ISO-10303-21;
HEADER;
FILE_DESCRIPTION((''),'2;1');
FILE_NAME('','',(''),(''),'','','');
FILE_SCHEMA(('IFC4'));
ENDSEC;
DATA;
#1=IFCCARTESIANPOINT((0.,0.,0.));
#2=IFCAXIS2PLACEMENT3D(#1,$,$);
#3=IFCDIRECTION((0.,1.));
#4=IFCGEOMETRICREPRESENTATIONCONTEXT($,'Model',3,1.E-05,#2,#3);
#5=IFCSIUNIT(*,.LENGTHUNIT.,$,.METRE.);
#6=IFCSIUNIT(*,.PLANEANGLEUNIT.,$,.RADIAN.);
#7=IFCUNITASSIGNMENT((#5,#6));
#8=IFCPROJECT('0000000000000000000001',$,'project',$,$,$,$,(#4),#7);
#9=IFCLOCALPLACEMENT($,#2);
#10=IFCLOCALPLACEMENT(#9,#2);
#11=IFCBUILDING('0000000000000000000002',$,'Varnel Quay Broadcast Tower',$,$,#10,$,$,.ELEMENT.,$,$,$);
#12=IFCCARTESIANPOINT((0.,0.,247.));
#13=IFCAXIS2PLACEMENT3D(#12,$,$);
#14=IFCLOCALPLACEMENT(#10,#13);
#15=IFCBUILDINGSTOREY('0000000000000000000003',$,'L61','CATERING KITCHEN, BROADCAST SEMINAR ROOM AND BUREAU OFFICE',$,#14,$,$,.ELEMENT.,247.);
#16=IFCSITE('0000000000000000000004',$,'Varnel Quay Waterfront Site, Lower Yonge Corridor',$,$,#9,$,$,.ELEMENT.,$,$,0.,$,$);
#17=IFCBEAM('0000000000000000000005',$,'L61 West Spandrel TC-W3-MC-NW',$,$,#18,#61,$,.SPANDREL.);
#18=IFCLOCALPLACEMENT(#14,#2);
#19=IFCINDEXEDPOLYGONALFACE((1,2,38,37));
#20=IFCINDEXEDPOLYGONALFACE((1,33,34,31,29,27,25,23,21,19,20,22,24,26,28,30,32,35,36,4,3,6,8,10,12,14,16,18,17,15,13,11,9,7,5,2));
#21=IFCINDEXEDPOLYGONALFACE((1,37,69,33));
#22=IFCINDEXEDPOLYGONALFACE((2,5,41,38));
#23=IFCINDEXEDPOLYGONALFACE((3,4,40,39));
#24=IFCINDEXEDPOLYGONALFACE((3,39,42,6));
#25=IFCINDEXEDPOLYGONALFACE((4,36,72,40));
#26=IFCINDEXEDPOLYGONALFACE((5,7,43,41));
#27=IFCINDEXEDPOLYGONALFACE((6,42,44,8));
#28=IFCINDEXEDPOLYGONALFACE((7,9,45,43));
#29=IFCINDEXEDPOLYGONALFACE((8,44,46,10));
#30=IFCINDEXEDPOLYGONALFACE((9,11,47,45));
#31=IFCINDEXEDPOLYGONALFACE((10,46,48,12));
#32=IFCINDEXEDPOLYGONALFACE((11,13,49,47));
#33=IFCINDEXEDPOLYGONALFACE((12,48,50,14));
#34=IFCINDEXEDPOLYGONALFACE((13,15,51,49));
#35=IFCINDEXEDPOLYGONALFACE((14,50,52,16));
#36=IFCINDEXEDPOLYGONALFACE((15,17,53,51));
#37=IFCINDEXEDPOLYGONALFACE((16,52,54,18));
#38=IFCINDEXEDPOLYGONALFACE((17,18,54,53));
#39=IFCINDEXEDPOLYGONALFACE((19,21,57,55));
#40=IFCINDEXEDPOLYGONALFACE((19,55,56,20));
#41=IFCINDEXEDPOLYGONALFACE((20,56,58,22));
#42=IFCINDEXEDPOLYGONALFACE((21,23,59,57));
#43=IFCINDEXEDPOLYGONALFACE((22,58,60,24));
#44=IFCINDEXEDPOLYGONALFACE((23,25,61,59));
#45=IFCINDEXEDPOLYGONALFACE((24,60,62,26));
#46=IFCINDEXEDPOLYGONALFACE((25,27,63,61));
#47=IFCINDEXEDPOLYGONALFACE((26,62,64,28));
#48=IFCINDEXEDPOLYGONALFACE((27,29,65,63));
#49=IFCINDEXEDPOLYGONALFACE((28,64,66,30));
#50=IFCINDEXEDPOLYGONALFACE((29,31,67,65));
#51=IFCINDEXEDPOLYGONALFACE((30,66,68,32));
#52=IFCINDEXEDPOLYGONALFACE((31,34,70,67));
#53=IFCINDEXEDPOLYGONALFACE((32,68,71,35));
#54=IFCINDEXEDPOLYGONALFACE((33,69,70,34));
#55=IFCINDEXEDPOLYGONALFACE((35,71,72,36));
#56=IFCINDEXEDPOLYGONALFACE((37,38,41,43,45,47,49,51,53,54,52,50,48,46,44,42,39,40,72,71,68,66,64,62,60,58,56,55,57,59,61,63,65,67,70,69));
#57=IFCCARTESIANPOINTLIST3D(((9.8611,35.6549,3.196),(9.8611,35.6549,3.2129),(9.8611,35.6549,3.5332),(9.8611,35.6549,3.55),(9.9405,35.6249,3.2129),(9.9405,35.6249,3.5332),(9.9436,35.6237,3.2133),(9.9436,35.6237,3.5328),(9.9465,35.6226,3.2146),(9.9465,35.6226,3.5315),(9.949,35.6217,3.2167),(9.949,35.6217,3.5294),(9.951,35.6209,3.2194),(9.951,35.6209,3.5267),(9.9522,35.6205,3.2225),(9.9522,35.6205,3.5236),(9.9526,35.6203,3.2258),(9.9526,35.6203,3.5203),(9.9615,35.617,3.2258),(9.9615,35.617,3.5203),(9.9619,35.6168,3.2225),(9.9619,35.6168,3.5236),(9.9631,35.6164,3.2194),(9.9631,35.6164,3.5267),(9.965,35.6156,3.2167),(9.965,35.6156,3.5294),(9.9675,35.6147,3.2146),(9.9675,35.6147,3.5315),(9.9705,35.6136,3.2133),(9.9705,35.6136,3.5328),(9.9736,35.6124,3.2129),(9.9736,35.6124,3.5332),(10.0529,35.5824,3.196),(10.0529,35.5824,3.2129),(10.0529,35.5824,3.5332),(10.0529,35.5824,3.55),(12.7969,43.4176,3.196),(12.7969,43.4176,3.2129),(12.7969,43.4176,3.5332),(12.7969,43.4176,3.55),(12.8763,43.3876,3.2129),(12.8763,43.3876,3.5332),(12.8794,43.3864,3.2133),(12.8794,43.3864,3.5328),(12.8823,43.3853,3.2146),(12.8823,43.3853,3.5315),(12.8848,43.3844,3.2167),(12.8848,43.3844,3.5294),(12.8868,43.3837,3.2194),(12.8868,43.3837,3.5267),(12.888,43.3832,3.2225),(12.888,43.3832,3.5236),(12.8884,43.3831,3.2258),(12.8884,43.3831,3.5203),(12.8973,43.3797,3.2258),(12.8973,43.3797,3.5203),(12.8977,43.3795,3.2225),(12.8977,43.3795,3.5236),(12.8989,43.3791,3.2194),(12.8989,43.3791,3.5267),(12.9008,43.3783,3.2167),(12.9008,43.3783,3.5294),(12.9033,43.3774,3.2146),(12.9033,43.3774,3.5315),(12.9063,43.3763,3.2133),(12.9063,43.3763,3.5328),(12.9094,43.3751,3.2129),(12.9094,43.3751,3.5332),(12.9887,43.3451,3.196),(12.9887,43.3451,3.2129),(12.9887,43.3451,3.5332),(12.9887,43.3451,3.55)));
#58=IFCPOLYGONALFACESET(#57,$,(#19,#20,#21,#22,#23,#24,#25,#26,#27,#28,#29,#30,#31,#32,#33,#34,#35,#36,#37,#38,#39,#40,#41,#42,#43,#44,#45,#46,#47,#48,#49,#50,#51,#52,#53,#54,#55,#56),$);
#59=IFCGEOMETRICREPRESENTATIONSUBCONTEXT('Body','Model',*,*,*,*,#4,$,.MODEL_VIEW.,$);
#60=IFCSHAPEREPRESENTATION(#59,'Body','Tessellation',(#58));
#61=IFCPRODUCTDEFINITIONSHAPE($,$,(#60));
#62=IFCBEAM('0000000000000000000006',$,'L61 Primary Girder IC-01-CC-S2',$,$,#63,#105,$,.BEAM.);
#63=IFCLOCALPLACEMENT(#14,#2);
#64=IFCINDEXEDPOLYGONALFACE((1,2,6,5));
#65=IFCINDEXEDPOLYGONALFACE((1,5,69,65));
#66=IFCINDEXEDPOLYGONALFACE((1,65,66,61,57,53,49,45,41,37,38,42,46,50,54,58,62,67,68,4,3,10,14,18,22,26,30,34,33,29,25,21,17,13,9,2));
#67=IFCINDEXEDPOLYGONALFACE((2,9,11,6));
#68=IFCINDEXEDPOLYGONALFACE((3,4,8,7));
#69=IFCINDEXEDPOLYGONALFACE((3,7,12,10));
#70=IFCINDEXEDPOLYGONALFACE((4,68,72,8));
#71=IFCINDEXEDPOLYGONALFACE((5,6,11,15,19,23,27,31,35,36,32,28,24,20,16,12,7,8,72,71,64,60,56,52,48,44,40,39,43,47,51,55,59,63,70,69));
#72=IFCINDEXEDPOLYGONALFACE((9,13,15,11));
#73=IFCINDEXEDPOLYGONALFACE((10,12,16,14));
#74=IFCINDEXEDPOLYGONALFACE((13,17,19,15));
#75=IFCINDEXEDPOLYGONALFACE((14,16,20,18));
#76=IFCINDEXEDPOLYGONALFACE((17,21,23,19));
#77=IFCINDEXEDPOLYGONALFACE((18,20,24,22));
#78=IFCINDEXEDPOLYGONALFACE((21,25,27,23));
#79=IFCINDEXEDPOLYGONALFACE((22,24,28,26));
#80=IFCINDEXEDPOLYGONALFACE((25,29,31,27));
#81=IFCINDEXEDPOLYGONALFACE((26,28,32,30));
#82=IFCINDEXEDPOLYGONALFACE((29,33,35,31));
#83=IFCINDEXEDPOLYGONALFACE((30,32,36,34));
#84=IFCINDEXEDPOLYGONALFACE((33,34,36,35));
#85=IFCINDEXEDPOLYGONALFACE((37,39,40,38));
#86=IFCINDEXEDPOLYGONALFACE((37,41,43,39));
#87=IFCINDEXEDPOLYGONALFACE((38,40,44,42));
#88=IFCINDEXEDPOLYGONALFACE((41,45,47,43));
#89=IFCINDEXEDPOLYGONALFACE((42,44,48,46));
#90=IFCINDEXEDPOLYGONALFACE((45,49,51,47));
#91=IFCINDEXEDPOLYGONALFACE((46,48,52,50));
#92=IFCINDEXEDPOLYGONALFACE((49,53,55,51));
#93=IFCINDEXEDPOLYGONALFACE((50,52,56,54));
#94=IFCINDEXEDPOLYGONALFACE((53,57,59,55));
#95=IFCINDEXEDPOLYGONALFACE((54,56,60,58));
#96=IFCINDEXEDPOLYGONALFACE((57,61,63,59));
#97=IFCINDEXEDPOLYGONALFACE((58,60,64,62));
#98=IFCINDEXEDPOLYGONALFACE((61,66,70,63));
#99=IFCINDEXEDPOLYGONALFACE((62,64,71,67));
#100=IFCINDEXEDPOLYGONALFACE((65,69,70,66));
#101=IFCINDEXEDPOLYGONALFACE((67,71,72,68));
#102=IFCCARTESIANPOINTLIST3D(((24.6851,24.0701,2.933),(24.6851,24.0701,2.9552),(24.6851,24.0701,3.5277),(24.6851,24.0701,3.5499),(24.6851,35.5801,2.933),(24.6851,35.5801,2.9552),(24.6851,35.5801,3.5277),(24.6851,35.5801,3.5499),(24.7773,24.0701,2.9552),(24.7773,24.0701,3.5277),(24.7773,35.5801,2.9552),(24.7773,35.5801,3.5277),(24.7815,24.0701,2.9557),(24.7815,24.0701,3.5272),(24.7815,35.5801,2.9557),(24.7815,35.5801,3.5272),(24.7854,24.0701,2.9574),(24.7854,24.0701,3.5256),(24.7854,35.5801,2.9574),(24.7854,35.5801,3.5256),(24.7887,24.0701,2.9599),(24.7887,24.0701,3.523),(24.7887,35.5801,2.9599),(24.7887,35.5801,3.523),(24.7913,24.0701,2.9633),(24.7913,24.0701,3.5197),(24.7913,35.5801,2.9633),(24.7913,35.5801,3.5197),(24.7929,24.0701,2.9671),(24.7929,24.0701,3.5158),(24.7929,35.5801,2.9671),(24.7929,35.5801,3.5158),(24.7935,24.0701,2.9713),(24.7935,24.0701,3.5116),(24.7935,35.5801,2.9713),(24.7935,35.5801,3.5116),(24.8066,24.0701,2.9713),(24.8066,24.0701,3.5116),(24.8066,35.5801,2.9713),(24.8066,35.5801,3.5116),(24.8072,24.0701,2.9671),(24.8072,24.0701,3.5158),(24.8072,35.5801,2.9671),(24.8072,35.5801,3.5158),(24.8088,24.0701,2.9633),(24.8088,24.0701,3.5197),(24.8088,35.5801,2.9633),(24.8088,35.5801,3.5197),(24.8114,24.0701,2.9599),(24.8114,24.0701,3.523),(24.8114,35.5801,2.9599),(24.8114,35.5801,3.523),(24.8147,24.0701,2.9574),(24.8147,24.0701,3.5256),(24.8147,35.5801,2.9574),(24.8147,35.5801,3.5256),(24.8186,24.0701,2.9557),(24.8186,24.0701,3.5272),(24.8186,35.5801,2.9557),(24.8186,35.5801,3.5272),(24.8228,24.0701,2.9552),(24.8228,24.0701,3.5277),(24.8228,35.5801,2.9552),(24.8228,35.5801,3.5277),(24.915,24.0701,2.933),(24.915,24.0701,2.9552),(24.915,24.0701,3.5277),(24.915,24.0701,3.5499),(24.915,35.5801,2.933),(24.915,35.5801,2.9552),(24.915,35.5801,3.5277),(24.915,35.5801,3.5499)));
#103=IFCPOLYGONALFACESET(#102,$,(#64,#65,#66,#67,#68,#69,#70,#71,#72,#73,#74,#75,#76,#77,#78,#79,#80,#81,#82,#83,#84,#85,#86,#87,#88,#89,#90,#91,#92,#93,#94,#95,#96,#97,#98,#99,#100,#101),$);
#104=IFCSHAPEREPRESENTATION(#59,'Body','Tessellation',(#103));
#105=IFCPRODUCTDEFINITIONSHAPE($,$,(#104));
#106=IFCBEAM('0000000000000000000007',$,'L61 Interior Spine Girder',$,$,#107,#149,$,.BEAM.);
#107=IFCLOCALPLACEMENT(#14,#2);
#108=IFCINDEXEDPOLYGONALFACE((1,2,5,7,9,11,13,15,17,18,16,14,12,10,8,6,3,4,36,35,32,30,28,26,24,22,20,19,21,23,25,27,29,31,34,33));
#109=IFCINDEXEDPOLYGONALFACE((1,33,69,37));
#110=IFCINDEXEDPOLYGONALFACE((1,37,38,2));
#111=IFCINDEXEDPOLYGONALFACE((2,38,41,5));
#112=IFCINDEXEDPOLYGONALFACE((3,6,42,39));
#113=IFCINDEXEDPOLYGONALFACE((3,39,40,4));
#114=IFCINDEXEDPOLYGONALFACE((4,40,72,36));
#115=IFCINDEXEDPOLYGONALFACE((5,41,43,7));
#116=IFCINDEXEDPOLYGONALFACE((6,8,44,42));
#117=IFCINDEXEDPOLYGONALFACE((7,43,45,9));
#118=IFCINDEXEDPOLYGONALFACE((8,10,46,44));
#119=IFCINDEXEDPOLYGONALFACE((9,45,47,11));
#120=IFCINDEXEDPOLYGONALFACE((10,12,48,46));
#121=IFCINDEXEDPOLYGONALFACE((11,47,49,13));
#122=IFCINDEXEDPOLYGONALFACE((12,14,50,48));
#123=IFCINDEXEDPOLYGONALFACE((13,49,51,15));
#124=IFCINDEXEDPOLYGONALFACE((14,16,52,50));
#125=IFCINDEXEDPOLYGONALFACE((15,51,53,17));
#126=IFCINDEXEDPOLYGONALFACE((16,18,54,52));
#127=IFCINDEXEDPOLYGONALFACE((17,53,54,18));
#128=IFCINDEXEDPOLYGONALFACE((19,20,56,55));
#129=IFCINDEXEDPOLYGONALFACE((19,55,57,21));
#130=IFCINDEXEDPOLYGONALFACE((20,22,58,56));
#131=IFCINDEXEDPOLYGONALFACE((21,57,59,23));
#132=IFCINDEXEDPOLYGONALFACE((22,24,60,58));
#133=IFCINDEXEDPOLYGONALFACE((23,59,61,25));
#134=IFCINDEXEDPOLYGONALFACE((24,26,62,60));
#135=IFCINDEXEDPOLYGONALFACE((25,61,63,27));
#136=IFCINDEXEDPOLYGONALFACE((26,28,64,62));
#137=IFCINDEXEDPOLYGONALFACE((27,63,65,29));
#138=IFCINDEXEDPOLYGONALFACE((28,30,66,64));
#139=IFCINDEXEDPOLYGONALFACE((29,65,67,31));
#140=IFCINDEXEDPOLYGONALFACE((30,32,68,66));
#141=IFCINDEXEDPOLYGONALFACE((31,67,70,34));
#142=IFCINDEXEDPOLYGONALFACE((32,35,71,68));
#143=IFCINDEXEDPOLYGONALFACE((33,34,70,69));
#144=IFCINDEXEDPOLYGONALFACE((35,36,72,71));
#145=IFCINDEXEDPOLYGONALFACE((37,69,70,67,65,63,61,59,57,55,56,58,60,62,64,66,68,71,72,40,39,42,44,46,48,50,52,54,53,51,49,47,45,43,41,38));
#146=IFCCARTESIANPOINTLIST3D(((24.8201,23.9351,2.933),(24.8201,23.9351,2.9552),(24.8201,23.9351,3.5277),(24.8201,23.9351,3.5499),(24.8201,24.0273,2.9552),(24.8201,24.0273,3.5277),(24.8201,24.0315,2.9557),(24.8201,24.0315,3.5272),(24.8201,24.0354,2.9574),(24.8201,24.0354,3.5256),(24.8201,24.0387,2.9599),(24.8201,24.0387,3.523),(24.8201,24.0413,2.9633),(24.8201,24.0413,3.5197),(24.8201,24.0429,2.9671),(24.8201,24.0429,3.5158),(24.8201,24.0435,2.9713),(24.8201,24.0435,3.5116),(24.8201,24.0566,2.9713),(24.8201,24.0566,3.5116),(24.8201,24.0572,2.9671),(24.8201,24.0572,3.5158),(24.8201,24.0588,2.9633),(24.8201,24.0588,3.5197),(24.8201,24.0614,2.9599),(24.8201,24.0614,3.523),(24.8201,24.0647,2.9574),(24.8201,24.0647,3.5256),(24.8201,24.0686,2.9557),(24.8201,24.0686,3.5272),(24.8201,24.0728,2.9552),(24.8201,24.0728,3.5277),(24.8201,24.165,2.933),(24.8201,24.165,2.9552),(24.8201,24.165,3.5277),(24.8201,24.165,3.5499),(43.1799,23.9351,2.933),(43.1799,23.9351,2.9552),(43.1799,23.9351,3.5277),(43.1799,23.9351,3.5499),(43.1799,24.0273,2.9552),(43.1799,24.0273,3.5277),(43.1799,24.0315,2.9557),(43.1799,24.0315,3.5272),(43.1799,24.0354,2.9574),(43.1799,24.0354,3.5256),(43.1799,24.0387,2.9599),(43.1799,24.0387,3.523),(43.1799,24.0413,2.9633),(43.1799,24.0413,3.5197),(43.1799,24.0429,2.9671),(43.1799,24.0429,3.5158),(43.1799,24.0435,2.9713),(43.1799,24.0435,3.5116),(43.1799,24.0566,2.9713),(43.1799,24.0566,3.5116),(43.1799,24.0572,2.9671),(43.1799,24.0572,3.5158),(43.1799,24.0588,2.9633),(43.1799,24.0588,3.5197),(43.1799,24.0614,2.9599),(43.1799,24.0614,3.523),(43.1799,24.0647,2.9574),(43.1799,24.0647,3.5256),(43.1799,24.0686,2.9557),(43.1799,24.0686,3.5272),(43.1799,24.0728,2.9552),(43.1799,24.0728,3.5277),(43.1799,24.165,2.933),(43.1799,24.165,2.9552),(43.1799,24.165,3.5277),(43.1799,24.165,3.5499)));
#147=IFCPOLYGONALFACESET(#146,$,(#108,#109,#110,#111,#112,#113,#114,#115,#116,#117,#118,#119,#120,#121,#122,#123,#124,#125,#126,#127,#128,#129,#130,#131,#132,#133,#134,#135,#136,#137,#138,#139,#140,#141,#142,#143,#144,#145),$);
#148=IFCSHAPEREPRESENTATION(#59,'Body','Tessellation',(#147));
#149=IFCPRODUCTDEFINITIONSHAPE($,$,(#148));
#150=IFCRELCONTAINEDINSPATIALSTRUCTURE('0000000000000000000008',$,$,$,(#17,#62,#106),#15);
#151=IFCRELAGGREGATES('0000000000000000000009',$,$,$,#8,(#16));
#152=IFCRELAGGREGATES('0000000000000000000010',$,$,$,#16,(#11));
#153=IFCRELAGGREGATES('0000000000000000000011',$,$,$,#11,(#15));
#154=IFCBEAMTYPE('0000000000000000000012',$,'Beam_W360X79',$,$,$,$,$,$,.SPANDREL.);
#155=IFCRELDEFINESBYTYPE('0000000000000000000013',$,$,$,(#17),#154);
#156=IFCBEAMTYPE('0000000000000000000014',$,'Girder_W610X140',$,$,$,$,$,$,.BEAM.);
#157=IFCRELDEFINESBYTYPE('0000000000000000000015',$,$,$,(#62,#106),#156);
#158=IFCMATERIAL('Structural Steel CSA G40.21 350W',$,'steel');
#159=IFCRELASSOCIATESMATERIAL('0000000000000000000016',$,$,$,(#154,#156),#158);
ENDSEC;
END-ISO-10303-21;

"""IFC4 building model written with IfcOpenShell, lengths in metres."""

from ifc_helpers import new_model, si_unit, direction, frame, origin, origin_2d, place, context, subcontext, project, spatial, i_section, extrude, source, transform, mapped, material, material_profile, profile_set, type_object, type_shapes, element, save


model = new_model("IFC4")

# Units and contexts
model_context = context("Model", 3, precision=1e-05, world=origin(), true_north=direction((0.0, 1.0)))
body_context = subcontext(model_context, "Body", "Model", "MODEL_VIEW")
ifc_project = project(units=[si_unit("LENGTHUNIT", "METRE"), si_unit("PLANEANGLEUNIT", "RADIAN")], contexts=[model_context])

# Site, building, storey
site_placement = place(None, origin())
site = spatial("IfcSite", under=ifc_project, at=site_placement, Name="Varnel Quay Waterfront Site, Lower Yonge Corridor", CompositionType="ELEMENT", RefElevation=0.0)
building_placement = place(site_placement, origin())
building = spatial("IfcBuilding", under=site, at=building_placement, Name="Varnel Quay Broadcast Tower", CompositionType="ELEMENT")
storey_placement = place(building_placement, frame((0.0, 0.0, 247.0)))
storey = spatial("IfcBuildingStorey", under=building, at=storey_placement, Name="L61", Description="CATERING KITCHEN, BROADCAST SEMINAR ROOM AND BUREAU OFFICE", CompositionType="ELEMENT", Elevation=247.0)

# Shared definitions
ifc_material_1 = material(Name="Structural Steel CSA G40.21 350W", Category="steel")

# Beams
ifc_material_profile_1 = material_profile(ifc_material_1, i_section(OverallWidth=0.2051, OverallDepth=0.354, WebThickness=0.0095, FlangeThickness=0.0168, FilletRadius=0.0129, at=origin_2d()), Name="W360X79")
ifc_profile_set_1 = profile_set([ifc_material_profile_1], Name="Structural Steel CSA G40.21 350W")
beam_type_1 = type_object("IfcBeamType", Name="Beam_W360X79", PredefinedType="SPANDREL", material=ifc_profile_set_1)
shared_shape_1 = source(origin(), body_context, "Body", "SweptSolid", [
    extrude(i_section(OverallWidth=0.2051, OverallDepth=0.354, WebThickness=0.0095, FlangeThickness=0.0168, FilletRadius=0.0129, at=origin_2d()), origin(), (0.0, 0.0, 1.0), 8.2993),
])
type_shapes(beam_type_1, [shared_shape_1])
beam_1_placement = place(storey_placement, frame((9.957, 35.6187, 3.373), z_axis=(0.35374, 0.935344, 0.0), x_axis=(-0.935344, 0.35374, 0.0)))
element("IfcBeam", 1, at=beam_1_placement, inside=storey, type_object=beam_type_1, Name="L61 West Spandrel TC-W3-MC-NW", PredefinedType="SPANDREL", context=body_context, shape_type="MappedRepresentation", body=[
    mapped(shared_shape_1, transform((0.0, 0.0, 0.0), x_axis=(1.0, 0.0, 0.0), y_axis=(0.0, 1.0, 0.0), z_axis=(0.0, 0.0, 1.0), scale=1.0)),
])
ifc_material_profile_2 = material_profile(ifc_material_1, i_section(OverallWidth=0.23, OverallDepth=0.6169, WebThickness=0.0132, FlangeThickness=0.0222, FilletRadius=0.0161, at=origin_2d()), Name="W610X140")
ifc_profile_set_2 = profile_set([ifc_material_profile_2], Name="Structural Steel CSA G40.21 350W")
beam_type_2 = type_object("IfcBeamType", Name="Girder_W610X140", PredefinedType="BEAM", material=ifc_profile_set_2)
shared_shape_2 = source(origin(), body_context, "Body", "SweptSolid", [
    extrude(i_section(OverallWidth=0.23, OverallDepth=0.6169, WebThickness=0.0132, FlangeThickness=0.0222, FilletRadius=0.0161, at=origin_2d()), origin(), (0.0, 0.0, 1.0), 11.51),
])
beam_2_placement = place(storey_placement, frame((24.8, 24.0701, 3.2415), z_axis=(0.0, 1.0, 0.0), x_axis=(-1.0, 0.0, 0.0)))
element("IfcBeam", 2, at=beam_2_placement, inside=storey, type_object=beam_type_2, Name="L61 Primary Girder IC-01-CC-S2", PredefinedType="BEAM", context=body_context, shape_type="MappedRepresentation", body=[
    mapped(shared_shape_2, transform((0.0, 0.0, 0.0), x_axis=(1.0, 0.0, 0.0), y_axis=(0.0, 1.0, 0.0), z_axis=(0.0, 0.0, 1.0), scale=1.0)),
])
shared_shape_3 = source(origin(), body_context, "Body", "SweptSolid", [
    extrude(i_section(OverallWidth=0.23, OverallDepth=0.6169, WebThickness=0.0132, FlangeThickness=0.0222, FilletRadius=0.0161, at=origin_2d()), origin(), (0.0, 0.0, 1.0), 18.3599),
])
type_shapes(beam_type_2, [shared_shape_2, shared_shape_3])
beam_3_placement = place(storey_placement, frame((24.8201, 24.05, 3.2415), z_axis=(1.0, 0.0, 0.0), x_axis=(0.0, 1.0, 0.0)))
element("IfcBeam", 3, at=beam_3_placement, inside=storey, type_object=beam_type_2, Name="L61 Interior Spine Girder", PredefinedType="BEAM", context=body_context, shape_type="MappedRepresentation", body=[
    mapped(shared_shape_3, transform((0.0, 0.0, 0.0), x_axis=(1.0, 0.0, 0.0), y_axis=(0.0, 1.0, 0.0), z_axis=(0.0, 0.0, 1.0), scale=1.0)),
])

save(model, "model.ifc")
